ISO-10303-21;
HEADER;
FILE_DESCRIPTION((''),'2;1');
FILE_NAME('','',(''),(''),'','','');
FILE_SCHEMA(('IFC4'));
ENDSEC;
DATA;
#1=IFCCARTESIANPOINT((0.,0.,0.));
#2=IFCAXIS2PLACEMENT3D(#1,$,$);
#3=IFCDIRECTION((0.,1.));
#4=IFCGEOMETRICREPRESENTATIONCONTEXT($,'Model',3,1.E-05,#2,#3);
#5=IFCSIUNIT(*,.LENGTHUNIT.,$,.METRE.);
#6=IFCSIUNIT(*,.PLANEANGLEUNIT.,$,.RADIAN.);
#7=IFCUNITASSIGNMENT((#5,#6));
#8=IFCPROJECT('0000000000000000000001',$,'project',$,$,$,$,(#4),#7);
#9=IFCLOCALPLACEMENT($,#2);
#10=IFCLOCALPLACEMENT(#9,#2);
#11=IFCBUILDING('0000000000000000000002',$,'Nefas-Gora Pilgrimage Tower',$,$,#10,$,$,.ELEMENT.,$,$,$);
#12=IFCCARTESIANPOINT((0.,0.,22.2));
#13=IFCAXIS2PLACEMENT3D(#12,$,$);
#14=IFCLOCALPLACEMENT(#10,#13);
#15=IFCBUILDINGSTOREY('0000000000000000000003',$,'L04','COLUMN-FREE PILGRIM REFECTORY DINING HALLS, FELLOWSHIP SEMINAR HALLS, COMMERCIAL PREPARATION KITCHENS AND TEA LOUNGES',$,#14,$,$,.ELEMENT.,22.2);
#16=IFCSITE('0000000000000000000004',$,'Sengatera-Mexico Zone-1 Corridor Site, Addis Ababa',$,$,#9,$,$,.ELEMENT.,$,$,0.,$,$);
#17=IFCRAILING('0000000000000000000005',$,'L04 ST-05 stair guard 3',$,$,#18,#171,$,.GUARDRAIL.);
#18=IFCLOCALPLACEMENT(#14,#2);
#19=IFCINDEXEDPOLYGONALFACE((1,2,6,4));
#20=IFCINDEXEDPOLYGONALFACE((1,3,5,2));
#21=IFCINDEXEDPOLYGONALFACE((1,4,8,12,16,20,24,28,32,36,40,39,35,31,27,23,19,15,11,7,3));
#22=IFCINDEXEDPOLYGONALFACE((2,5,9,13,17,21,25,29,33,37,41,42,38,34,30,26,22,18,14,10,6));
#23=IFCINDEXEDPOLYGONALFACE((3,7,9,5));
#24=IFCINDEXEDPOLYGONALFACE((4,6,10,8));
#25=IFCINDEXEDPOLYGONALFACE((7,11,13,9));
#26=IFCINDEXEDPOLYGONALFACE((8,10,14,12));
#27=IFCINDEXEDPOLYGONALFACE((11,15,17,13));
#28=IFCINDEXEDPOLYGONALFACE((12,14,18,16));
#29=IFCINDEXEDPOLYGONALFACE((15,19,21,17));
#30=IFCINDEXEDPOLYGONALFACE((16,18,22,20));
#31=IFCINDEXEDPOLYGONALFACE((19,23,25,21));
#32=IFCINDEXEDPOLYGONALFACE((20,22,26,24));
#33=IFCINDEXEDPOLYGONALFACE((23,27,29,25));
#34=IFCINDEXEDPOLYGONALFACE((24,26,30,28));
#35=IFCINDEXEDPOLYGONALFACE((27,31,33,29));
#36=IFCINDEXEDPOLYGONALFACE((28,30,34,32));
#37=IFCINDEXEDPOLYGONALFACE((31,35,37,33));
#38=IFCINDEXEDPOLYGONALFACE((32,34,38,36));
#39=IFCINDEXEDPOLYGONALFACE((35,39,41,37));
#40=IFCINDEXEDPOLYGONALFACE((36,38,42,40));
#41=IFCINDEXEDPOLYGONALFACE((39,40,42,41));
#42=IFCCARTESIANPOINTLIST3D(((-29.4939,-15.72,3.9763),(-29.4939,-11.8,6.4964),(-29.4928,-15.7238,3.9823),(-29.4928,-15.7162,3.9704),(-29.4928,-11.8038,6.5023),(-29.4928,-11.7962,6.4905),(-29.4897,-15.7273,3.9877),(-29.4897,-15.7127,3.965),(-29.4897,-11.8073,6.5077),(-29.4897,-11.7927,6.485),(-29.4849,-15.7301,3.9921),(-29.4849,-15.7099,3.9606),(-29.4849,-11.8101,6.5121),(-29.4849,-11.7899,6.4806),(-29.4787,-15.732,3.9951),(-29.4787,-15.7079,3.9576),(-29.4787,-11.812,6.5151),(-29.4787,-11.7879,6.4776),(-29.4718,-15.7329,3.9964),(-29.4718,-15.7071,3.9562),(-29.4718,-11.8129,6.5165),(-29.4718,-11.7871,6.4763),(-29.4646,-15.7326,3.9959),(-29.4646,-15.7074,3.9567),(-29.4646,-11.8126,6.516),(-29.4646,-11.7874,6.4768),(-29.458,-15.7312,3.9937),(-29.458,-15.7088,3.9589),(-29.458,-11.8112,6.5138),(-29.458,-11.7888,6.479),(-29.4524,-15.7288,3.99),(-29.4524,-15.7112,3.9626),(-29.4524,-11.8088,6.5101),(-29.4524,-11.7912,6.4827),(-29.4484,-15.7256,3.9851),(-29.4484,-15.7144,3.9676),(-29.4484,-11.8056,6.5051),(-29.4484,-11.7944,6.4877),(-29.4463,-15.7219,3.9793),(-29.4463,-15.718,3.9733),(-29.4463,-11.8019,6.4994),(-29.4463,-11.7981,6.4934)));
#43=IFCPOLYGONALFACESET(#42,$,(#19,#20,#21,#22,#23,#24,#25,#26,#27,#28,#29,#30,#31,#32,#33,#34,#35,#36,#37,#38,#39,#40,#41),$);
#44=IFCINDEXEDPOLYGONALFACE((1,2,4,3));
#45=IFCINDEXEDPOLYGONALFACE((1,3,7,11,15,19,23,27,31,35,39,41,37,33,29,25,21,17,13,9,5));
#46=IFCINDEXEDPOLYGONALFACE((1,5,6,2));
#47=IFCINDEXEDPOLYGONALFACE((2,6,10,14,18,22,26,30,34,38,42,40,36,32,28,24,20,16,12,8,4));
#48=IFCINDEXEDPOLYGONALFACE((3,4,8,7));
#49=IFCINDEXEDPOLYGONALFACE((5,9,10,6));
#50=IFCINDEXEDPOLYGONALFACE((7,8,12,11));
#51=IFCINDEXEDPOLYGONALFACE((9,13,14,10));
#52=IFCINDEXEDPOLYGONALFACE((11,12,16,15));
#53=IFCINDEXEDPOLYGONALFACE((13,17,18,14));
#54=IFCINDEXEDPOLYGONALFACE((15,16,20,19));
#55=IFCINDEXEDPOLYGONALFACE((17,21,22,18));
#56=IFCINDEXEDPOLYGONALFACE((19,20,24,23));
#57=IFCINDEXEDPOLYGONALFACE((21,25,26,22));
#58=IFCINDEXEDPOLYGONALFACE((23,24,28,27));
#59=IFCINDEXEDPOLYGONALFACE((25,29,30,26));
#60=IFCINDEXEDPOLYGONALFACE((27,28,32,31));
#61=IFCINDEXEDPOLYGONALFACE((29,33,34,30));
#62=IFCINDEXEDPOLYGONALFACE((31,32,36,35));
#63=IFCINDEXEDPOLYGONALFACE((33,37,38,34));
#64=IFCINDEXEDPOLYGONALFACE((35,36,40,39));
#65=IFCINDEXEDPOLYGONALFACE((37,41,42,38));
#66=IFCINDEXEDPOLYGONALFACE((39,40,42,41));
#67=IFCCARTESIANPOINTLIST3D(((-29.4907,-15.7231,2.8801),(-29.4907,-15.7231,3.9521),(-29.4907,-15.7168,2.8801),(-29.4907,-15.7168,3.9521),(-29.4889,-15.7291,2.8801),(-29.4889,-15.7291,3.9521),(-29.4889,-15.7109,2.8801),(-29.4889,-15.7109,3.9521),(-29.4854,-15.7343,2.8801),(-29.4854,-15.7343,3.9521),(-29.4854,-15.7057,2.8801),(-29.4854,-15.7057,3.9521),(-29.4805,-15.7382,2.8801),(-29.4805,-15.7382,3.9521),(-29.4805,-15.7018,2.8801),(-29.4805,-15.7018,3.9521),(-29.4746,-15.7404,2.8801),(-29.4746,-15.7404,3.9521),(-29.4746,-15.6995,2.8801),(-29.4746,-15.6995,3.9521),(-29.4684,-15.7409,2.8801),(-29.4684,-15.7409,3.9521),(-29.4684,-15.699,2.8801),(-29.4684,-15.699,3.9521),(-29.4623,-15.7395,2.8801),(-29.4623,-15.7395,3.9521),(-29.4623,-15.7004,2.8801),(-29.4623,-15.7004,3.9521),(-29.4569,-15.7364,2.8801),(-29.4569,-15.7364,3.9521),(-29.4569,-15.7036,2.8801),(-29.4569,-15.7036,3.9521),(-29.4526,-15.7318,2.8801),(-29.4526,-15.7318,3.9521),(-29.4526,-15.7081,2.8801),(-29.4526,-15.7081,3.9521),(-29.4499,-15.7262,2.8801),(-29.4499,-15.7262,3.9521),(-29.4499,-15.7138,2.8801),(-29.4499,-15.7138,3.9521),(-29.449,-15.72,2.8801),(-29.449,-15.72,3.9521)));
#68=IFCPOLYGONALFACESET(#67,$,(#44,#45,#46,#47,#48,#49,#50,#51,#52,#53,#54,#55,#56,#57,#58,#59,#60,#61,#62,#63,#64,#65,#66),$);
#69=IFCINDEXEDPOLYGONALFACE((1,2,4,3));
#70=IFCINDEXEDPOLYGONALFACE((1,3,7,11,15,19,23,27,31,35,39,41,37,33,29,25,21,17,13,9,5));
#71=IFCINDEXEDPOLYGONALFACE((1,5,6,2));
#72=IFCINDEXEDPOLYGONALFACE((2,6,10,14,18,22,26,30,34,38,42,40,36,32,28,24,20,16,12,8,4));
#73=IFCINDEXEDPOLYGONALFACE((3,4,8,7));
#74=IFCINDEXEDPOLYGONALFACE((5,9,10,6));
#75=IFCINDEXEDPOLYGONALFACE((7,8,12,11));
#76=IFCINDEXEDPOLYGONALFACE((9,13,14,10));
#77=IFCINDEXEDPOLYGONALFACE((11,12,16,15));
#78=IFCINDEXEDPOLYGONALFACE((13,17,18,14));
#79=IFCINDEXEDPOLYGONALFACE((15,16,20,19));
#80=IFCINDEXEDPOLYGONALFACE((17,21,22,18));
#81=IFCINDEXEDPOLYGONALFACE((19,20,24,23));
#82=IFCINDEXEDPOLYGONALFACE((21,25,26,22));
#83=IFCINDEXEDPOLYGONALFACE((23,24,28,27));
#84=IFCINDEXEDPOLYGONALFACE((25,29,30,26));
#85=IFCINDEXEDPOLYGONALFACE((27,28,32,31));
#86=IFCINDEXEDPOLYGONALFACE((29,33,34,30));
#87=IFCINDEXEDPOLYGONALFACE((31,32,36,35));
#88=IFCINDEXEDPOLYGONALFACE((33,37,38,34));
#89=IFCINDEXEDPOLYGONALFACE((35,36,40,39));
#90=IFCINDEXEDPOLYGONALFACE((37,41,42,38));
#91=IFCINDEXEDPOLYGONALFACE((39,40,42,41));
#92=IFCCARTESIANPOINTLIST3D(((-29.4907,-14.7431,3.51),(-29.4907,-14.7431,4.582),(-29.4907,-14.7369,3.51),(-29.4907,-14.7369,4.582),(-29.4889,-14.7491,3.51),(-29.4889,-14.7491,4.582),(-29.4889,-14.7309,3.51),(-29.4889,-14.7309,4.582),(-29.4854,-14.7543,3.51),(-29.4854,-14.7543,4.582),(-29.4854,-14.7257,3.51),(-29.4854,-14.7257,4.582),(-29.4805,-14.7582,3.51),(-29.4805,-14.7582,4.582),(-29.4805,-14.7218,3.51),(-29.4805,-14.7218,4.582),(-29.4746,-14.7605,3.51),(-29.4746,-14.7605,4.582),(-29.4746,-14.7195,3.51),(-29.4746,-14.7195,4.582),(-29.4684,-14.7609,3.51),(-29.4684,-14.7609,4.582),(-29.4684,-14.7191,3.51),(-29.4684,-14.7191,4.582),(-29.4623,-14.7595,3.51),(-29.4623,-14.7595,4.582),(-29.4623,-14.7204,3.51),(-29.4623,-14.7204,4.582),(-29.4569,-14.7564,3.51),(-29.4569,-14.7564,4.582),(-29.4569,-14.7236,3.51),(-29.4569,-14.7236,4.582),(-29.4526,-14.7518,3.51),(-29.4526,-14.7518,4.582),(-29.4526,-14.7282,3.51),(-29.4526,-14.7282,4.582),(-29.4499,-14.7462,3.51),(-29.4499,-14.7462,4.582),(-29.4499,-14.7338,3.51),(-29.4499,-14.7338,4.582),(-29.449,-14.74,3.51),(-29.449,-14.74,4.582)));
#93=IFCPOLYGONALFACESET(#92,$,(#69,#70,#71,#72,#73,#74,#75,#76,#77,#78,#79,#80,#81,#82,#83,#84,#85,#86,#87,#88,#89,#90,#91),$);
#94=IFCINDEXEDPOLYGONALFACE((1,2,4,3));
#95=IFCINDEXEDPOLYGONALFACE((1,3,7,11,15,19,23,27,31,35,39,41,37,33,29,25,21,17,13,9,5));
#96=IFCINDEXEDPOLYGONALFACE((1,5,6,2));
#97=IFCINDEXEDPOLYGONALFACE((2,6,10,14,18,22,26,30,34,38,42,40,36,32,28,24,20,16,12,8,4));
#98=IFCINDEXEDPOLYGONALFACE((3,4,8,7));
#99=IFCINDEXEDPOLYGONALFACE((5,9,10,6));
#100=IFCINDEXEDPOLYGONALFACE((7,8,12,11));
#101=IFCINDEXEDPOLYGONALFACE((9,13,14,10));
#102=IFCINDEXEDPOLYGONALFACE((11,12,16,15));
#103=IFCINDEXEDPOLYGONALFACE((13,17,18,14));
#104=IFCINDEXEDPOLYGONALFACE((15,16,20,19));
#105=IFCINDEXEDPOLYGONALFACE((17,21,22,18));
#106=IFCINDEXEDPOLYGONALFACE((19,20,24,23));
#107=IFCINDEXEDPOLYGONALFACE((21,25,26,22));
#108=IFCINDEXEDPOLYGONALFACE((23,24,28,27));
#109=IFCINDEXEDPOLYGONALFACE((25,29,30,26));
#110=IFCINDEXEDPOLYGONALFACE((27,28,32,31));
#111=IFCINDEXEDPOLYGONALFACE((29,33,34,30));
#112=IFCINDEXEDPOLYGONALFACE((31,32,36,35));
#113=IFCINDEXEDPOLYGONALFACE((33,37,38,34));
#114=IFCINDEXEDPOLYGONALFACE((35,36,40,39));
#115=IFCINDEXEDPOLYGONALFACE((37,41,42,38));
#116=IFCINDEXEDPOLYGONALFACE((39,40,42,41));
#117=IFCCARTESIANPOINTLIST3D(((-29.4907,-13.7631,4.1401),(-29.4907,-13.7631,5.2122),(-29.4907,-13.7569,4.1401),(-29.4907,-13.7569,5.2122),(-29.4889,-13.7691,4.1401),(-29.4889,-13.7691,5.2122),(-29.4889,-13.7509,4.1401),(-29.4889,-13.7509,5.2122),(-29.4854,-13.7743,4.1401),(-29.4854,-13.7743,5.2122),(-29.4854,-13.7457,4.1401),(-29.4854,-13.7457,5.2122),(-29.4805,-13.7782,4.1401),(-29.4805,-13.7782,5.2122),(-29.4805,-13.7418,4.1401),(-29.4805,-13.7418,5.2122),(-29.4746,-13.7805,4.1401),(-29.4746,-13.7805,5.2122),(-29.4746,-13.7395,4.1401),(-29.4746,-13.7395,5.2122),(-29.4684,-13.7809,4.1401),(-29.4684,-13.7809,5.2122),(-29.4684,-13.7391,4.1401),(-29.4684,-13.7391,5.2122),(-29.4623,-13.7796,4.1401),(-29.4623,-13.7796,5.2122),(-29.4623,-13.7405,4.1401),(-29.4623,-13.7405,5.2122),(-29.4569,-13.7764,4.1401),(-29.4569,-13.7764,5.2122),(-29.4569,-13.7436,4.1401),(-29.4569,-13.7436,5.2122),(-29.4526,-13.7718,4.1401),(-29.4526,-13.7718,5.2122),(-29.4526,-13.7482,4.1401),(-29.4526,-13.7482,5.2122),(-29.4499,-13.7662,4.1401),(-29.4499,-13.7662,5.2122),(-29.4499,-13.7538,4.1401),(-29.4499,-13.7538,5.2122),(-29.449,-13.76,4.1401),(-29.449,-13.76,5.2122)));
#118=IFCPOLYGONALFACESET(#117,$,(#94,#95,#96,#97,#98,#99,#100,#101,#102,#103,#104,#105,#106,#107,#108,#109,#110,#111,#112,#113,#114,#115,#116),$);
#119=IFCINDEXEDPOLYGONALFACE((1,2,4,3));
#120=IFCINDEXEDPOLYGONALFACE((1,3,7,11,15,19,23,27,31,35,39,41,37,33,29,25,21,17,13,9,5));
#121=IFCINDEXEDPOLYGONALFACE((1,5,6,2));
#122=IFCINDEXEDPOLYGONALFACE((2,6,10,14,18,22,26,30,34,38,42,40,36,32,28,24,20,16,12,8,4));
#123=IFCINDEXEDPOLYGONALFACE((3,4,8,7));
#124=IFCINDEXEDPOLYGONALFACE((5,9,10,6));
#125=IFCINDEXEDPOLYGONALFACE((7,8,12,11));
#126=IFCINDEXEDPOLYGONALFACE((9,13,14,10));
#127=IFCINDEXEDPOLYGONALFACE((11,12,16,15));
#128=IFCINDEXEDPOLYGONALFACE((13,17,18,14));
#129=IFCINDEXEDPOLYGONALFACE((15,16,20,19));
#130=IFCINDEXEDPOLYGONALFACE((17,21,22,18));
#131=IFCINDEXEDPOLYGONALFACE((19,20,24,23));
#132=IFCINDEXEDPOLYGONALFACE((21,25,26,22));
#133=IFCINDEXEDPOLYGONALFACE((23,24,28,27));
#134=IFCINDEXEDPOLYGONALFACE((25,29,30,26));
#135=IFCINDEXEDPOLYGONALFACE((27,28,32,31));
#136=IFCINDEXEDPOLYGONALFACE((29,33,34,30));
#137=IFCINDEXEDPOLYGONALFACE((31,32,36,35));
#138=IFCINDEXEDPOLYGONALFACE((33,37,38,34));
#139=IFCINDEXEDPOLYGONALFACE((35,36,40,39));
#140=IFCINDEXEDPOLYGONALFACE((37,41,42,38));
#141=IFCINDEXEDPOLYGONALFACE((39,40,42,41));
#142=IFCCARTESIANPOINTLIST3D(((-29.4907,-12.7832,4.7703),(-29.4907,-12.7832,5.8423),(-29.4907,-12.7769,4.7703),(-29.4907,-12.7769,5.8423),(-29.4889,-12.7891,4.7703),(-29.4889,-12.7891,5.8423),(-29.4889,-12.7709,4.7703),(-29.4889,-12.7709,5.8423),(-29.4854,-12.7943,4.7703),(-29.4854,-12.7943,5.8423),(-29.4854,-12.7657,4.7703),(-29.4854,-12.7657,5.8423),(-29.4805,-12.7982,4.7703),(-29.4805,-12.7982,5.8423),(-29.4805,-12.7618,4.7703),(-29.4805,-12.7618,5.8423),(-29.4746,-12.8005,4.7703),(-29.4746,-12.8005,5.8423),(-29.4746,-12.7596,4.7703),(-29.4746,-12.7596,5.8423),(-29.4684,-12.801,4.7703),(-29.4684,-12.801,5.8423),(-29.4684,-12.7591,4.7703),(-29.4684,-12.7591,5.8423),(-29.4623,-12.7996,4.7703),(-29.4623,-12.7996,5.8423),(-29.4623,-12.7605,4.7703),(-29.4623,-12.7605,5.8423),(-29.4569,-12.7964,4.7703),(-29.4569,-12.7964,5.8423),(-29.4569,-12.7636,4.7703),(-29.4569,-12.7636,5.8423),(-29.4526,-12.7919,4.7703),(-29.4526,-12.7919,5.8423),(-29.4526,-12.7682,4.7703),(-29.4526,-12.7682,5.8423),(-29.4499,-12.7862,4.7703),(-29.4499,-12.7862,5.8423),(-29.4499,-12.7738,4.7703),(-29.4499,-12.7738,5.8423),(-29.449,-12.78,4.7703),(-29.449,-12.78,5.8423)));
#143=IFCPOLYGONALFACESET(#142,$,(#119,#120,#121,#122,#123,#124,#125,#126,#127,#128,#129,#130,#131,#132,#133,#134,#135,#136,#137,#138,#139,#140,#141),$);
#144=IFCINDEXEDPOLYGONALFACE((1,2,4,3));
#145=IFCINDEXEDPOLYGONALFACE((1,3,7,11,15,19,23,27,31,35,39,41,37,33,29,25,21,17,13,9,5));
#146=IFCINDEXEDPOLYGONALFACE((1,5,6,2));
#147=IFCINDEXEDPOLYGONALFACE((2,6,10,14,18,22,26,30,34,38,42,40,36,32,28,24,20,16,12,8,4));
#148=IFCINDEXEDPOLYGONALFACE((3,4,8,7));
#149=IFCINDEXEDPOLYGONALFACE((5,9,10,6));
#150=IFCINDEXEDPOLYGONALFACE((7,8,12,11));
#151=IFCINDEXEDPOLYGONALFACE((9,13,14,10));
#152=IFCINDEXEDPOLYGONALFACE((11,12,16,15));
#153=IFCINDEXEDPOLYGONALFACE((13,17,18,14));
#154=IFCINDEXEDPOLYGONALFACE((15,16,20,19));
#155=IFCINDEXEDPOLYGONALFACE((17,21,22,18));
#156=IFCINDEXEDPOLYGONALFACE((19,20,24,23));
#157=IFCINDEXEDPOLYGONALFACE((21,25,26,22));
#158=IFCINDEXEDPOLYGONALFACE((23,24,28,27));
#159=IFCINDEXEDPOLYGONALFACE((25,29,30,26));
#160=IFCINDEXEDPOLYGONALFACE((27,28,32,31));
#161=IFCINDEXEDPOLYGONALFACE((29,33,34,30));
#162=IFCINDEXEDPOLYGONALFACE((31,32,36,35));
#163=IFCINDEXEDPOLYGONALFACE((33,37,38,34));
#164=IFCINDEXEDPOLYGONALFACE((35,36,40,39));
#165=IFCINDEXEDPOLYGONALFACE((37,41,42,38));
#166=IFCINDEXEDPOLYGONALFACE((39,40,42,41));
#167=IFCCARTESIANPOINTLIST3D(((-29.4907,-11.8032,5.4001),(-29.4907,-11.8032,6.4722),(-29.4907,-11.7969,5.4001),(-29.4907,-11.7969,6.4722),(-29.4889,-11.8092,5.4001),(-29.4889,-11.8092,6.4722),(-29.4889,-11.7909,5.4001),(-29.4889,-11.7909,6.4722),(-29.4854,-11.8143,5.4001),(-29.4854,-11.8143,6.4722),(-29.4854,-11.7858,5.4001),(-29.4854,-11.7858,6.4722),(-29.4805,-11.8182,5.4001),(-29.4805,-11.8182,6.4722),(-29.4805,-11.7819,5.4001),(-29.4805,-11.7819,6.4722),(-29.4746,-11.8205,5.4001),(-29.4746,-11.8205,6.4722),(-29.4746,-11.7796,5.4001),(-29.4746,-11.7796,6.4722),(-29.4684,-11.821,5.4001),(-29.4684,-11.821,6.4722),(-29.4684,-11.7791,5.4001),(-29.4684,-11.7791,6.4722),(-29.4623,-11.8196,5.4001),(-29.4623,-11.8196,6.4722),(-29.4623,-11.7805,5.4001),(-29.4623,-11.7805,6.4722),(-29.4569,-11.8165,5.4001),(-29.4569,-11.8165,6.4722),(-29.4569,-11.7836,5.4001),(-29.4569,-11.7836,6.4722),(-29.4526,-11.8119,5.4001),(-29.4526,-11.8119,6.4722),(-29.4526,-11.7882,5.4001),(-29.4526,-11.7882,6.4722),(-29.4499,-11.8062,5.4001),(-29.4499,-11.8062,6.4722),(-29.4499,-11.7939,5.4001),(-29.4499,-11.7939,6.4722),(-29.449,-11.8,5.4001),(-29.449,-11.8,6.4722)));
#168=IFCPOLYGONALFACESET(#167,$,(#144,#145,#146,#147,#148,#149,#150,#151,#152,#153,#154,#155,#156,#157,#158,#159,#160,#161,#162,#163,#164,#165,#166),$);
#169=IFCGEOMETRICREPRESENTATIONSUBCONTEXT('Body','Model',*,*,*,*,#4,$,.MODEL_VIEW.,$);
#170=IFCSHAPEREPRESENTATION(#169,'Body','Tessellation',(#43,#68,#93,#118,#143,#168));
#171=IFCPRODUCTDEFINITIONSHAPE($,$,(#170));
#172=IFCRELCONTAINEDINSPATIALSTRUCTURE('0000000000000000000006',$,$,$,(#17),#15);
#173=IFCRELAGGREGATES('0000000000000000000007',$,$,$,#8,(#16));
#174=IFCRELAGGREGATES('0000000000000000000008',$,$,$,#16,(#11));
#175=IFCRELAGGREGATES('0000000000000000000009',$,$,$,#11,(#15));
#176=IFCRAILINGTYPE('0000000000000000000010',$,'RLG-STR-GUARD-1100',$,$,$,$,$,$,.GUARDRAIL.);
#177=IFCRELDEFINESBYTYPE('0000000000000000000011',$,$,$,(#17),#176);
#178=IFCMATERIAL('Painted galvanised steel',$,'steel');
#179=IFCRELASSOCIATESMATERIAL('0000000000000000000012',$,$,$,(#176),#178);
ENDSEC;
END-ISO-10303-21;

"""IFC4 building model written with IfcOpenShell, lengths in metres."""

from ifc_helpers import new_model, si_unit, direction, frame, origin, origin_2d, place, context, subcontext, project, spatial, circle, extrude, material, type_object, element, save


model = new_model("IFC4")

# Units and contexts
model_context = context("Model", 3, precision=1e-05, world=origin(), true_north=direction((0.0, 1.0)))
body_context = subcontext(model_context, "Body", "Model", "MODEL_VIEW")
ifc_project = project(units=[si_unit("LENGTHUNIT", "METRE"), si_unit("PLANEANGLEUNIT", "RADIAN")], contexts=[model_context])

# Site, building, storey
site_placement = place(None, origin())
site = spatial("IfcSite", under=ifc_project, at=site_placement, Name="Sengatera-Mexico Zone-1 Corridor Site, Addis Ababa", CompositionType="ELEMENT", RefElevation=0.0)
building_placement = place(site_placement, origin())
building = spatial("IfcBuilding", under=site, at=building_placement, Name="Nefas-Gora Pilgrimage Tower", CompositionType="ELEMENT")
storey_placement = place(building_placement, frame((0.0, 0.0, 22.2)))
storey = spatial("IfcBuildingStorey", under=building, at=storey_placement, Name="L04", Description="COLUMN-FREE PILGRIM REFECTORY DINING HALLS, FELLOWSHIP SEMINAR HALLS, COMMERCIAL PREPARATION KITCHENS AND TEA LOUNGES", CompositionType="ELEMENT", Elevation=22.2)

# Railing
ifc_material_1 = material(Name="Painted galvanised steel", Category="steel")
railing_type_1 = type_object("IfcRailingType", Name="RLG-STR-GUARD-1100", PredefinedType="GUARDRAIL", material=ifc_material_1)
railing_1_placement = place(storey_placement, frame((-29.47, -15.72, 2.8801)))
element("IfcRailing", 1, at=railing_1_placement, inside=storey, type_object=railing_type_1, Name="L04 ST-05 stair guard 3", PredefinedType="GUARDRAIL", context=body_context, shape_type="SweptSolid", body=[
    extrude(circle(Radius=0.0239, at=origin_2d()), frame((0.0, 0.0, 1.0962), z_axis=(0.0, 0.841172, 0.540768), x_axis=(-1.0, 0.0, 0.0)), (0.0, 0.0, 1.0), 4.6602),
    extrude(circle(Radius=0.021, at=origin_2d()), origin(), (0.0, 0.0, 1.0), 1.072),
    extrude(circle(Radius=0.021, at=origin_2d()), frame((0.0, 0.98, 0.6299)), (0.0, 0.0, 1.0), 1.072),
    extrude(circle(Radius=0.021, at=origin_2d()), frame((0.0, 1.96, 1.26)), (0.0, 0.0, 1.0), 1.072),
    extrude(circle(Radius=0.021, at=origin_2d()), frame((0.0, 2.9399, 1.8901)), (0.0, 0.0, 1.0), 1.072),
    extrude(circle(Radius=0.021, at=origin_2d()), frame((0.0, 3.9199, 2.52)), (0.0, 0.0, 1.0), 1.072),
])

save(model, "model.ifc")
